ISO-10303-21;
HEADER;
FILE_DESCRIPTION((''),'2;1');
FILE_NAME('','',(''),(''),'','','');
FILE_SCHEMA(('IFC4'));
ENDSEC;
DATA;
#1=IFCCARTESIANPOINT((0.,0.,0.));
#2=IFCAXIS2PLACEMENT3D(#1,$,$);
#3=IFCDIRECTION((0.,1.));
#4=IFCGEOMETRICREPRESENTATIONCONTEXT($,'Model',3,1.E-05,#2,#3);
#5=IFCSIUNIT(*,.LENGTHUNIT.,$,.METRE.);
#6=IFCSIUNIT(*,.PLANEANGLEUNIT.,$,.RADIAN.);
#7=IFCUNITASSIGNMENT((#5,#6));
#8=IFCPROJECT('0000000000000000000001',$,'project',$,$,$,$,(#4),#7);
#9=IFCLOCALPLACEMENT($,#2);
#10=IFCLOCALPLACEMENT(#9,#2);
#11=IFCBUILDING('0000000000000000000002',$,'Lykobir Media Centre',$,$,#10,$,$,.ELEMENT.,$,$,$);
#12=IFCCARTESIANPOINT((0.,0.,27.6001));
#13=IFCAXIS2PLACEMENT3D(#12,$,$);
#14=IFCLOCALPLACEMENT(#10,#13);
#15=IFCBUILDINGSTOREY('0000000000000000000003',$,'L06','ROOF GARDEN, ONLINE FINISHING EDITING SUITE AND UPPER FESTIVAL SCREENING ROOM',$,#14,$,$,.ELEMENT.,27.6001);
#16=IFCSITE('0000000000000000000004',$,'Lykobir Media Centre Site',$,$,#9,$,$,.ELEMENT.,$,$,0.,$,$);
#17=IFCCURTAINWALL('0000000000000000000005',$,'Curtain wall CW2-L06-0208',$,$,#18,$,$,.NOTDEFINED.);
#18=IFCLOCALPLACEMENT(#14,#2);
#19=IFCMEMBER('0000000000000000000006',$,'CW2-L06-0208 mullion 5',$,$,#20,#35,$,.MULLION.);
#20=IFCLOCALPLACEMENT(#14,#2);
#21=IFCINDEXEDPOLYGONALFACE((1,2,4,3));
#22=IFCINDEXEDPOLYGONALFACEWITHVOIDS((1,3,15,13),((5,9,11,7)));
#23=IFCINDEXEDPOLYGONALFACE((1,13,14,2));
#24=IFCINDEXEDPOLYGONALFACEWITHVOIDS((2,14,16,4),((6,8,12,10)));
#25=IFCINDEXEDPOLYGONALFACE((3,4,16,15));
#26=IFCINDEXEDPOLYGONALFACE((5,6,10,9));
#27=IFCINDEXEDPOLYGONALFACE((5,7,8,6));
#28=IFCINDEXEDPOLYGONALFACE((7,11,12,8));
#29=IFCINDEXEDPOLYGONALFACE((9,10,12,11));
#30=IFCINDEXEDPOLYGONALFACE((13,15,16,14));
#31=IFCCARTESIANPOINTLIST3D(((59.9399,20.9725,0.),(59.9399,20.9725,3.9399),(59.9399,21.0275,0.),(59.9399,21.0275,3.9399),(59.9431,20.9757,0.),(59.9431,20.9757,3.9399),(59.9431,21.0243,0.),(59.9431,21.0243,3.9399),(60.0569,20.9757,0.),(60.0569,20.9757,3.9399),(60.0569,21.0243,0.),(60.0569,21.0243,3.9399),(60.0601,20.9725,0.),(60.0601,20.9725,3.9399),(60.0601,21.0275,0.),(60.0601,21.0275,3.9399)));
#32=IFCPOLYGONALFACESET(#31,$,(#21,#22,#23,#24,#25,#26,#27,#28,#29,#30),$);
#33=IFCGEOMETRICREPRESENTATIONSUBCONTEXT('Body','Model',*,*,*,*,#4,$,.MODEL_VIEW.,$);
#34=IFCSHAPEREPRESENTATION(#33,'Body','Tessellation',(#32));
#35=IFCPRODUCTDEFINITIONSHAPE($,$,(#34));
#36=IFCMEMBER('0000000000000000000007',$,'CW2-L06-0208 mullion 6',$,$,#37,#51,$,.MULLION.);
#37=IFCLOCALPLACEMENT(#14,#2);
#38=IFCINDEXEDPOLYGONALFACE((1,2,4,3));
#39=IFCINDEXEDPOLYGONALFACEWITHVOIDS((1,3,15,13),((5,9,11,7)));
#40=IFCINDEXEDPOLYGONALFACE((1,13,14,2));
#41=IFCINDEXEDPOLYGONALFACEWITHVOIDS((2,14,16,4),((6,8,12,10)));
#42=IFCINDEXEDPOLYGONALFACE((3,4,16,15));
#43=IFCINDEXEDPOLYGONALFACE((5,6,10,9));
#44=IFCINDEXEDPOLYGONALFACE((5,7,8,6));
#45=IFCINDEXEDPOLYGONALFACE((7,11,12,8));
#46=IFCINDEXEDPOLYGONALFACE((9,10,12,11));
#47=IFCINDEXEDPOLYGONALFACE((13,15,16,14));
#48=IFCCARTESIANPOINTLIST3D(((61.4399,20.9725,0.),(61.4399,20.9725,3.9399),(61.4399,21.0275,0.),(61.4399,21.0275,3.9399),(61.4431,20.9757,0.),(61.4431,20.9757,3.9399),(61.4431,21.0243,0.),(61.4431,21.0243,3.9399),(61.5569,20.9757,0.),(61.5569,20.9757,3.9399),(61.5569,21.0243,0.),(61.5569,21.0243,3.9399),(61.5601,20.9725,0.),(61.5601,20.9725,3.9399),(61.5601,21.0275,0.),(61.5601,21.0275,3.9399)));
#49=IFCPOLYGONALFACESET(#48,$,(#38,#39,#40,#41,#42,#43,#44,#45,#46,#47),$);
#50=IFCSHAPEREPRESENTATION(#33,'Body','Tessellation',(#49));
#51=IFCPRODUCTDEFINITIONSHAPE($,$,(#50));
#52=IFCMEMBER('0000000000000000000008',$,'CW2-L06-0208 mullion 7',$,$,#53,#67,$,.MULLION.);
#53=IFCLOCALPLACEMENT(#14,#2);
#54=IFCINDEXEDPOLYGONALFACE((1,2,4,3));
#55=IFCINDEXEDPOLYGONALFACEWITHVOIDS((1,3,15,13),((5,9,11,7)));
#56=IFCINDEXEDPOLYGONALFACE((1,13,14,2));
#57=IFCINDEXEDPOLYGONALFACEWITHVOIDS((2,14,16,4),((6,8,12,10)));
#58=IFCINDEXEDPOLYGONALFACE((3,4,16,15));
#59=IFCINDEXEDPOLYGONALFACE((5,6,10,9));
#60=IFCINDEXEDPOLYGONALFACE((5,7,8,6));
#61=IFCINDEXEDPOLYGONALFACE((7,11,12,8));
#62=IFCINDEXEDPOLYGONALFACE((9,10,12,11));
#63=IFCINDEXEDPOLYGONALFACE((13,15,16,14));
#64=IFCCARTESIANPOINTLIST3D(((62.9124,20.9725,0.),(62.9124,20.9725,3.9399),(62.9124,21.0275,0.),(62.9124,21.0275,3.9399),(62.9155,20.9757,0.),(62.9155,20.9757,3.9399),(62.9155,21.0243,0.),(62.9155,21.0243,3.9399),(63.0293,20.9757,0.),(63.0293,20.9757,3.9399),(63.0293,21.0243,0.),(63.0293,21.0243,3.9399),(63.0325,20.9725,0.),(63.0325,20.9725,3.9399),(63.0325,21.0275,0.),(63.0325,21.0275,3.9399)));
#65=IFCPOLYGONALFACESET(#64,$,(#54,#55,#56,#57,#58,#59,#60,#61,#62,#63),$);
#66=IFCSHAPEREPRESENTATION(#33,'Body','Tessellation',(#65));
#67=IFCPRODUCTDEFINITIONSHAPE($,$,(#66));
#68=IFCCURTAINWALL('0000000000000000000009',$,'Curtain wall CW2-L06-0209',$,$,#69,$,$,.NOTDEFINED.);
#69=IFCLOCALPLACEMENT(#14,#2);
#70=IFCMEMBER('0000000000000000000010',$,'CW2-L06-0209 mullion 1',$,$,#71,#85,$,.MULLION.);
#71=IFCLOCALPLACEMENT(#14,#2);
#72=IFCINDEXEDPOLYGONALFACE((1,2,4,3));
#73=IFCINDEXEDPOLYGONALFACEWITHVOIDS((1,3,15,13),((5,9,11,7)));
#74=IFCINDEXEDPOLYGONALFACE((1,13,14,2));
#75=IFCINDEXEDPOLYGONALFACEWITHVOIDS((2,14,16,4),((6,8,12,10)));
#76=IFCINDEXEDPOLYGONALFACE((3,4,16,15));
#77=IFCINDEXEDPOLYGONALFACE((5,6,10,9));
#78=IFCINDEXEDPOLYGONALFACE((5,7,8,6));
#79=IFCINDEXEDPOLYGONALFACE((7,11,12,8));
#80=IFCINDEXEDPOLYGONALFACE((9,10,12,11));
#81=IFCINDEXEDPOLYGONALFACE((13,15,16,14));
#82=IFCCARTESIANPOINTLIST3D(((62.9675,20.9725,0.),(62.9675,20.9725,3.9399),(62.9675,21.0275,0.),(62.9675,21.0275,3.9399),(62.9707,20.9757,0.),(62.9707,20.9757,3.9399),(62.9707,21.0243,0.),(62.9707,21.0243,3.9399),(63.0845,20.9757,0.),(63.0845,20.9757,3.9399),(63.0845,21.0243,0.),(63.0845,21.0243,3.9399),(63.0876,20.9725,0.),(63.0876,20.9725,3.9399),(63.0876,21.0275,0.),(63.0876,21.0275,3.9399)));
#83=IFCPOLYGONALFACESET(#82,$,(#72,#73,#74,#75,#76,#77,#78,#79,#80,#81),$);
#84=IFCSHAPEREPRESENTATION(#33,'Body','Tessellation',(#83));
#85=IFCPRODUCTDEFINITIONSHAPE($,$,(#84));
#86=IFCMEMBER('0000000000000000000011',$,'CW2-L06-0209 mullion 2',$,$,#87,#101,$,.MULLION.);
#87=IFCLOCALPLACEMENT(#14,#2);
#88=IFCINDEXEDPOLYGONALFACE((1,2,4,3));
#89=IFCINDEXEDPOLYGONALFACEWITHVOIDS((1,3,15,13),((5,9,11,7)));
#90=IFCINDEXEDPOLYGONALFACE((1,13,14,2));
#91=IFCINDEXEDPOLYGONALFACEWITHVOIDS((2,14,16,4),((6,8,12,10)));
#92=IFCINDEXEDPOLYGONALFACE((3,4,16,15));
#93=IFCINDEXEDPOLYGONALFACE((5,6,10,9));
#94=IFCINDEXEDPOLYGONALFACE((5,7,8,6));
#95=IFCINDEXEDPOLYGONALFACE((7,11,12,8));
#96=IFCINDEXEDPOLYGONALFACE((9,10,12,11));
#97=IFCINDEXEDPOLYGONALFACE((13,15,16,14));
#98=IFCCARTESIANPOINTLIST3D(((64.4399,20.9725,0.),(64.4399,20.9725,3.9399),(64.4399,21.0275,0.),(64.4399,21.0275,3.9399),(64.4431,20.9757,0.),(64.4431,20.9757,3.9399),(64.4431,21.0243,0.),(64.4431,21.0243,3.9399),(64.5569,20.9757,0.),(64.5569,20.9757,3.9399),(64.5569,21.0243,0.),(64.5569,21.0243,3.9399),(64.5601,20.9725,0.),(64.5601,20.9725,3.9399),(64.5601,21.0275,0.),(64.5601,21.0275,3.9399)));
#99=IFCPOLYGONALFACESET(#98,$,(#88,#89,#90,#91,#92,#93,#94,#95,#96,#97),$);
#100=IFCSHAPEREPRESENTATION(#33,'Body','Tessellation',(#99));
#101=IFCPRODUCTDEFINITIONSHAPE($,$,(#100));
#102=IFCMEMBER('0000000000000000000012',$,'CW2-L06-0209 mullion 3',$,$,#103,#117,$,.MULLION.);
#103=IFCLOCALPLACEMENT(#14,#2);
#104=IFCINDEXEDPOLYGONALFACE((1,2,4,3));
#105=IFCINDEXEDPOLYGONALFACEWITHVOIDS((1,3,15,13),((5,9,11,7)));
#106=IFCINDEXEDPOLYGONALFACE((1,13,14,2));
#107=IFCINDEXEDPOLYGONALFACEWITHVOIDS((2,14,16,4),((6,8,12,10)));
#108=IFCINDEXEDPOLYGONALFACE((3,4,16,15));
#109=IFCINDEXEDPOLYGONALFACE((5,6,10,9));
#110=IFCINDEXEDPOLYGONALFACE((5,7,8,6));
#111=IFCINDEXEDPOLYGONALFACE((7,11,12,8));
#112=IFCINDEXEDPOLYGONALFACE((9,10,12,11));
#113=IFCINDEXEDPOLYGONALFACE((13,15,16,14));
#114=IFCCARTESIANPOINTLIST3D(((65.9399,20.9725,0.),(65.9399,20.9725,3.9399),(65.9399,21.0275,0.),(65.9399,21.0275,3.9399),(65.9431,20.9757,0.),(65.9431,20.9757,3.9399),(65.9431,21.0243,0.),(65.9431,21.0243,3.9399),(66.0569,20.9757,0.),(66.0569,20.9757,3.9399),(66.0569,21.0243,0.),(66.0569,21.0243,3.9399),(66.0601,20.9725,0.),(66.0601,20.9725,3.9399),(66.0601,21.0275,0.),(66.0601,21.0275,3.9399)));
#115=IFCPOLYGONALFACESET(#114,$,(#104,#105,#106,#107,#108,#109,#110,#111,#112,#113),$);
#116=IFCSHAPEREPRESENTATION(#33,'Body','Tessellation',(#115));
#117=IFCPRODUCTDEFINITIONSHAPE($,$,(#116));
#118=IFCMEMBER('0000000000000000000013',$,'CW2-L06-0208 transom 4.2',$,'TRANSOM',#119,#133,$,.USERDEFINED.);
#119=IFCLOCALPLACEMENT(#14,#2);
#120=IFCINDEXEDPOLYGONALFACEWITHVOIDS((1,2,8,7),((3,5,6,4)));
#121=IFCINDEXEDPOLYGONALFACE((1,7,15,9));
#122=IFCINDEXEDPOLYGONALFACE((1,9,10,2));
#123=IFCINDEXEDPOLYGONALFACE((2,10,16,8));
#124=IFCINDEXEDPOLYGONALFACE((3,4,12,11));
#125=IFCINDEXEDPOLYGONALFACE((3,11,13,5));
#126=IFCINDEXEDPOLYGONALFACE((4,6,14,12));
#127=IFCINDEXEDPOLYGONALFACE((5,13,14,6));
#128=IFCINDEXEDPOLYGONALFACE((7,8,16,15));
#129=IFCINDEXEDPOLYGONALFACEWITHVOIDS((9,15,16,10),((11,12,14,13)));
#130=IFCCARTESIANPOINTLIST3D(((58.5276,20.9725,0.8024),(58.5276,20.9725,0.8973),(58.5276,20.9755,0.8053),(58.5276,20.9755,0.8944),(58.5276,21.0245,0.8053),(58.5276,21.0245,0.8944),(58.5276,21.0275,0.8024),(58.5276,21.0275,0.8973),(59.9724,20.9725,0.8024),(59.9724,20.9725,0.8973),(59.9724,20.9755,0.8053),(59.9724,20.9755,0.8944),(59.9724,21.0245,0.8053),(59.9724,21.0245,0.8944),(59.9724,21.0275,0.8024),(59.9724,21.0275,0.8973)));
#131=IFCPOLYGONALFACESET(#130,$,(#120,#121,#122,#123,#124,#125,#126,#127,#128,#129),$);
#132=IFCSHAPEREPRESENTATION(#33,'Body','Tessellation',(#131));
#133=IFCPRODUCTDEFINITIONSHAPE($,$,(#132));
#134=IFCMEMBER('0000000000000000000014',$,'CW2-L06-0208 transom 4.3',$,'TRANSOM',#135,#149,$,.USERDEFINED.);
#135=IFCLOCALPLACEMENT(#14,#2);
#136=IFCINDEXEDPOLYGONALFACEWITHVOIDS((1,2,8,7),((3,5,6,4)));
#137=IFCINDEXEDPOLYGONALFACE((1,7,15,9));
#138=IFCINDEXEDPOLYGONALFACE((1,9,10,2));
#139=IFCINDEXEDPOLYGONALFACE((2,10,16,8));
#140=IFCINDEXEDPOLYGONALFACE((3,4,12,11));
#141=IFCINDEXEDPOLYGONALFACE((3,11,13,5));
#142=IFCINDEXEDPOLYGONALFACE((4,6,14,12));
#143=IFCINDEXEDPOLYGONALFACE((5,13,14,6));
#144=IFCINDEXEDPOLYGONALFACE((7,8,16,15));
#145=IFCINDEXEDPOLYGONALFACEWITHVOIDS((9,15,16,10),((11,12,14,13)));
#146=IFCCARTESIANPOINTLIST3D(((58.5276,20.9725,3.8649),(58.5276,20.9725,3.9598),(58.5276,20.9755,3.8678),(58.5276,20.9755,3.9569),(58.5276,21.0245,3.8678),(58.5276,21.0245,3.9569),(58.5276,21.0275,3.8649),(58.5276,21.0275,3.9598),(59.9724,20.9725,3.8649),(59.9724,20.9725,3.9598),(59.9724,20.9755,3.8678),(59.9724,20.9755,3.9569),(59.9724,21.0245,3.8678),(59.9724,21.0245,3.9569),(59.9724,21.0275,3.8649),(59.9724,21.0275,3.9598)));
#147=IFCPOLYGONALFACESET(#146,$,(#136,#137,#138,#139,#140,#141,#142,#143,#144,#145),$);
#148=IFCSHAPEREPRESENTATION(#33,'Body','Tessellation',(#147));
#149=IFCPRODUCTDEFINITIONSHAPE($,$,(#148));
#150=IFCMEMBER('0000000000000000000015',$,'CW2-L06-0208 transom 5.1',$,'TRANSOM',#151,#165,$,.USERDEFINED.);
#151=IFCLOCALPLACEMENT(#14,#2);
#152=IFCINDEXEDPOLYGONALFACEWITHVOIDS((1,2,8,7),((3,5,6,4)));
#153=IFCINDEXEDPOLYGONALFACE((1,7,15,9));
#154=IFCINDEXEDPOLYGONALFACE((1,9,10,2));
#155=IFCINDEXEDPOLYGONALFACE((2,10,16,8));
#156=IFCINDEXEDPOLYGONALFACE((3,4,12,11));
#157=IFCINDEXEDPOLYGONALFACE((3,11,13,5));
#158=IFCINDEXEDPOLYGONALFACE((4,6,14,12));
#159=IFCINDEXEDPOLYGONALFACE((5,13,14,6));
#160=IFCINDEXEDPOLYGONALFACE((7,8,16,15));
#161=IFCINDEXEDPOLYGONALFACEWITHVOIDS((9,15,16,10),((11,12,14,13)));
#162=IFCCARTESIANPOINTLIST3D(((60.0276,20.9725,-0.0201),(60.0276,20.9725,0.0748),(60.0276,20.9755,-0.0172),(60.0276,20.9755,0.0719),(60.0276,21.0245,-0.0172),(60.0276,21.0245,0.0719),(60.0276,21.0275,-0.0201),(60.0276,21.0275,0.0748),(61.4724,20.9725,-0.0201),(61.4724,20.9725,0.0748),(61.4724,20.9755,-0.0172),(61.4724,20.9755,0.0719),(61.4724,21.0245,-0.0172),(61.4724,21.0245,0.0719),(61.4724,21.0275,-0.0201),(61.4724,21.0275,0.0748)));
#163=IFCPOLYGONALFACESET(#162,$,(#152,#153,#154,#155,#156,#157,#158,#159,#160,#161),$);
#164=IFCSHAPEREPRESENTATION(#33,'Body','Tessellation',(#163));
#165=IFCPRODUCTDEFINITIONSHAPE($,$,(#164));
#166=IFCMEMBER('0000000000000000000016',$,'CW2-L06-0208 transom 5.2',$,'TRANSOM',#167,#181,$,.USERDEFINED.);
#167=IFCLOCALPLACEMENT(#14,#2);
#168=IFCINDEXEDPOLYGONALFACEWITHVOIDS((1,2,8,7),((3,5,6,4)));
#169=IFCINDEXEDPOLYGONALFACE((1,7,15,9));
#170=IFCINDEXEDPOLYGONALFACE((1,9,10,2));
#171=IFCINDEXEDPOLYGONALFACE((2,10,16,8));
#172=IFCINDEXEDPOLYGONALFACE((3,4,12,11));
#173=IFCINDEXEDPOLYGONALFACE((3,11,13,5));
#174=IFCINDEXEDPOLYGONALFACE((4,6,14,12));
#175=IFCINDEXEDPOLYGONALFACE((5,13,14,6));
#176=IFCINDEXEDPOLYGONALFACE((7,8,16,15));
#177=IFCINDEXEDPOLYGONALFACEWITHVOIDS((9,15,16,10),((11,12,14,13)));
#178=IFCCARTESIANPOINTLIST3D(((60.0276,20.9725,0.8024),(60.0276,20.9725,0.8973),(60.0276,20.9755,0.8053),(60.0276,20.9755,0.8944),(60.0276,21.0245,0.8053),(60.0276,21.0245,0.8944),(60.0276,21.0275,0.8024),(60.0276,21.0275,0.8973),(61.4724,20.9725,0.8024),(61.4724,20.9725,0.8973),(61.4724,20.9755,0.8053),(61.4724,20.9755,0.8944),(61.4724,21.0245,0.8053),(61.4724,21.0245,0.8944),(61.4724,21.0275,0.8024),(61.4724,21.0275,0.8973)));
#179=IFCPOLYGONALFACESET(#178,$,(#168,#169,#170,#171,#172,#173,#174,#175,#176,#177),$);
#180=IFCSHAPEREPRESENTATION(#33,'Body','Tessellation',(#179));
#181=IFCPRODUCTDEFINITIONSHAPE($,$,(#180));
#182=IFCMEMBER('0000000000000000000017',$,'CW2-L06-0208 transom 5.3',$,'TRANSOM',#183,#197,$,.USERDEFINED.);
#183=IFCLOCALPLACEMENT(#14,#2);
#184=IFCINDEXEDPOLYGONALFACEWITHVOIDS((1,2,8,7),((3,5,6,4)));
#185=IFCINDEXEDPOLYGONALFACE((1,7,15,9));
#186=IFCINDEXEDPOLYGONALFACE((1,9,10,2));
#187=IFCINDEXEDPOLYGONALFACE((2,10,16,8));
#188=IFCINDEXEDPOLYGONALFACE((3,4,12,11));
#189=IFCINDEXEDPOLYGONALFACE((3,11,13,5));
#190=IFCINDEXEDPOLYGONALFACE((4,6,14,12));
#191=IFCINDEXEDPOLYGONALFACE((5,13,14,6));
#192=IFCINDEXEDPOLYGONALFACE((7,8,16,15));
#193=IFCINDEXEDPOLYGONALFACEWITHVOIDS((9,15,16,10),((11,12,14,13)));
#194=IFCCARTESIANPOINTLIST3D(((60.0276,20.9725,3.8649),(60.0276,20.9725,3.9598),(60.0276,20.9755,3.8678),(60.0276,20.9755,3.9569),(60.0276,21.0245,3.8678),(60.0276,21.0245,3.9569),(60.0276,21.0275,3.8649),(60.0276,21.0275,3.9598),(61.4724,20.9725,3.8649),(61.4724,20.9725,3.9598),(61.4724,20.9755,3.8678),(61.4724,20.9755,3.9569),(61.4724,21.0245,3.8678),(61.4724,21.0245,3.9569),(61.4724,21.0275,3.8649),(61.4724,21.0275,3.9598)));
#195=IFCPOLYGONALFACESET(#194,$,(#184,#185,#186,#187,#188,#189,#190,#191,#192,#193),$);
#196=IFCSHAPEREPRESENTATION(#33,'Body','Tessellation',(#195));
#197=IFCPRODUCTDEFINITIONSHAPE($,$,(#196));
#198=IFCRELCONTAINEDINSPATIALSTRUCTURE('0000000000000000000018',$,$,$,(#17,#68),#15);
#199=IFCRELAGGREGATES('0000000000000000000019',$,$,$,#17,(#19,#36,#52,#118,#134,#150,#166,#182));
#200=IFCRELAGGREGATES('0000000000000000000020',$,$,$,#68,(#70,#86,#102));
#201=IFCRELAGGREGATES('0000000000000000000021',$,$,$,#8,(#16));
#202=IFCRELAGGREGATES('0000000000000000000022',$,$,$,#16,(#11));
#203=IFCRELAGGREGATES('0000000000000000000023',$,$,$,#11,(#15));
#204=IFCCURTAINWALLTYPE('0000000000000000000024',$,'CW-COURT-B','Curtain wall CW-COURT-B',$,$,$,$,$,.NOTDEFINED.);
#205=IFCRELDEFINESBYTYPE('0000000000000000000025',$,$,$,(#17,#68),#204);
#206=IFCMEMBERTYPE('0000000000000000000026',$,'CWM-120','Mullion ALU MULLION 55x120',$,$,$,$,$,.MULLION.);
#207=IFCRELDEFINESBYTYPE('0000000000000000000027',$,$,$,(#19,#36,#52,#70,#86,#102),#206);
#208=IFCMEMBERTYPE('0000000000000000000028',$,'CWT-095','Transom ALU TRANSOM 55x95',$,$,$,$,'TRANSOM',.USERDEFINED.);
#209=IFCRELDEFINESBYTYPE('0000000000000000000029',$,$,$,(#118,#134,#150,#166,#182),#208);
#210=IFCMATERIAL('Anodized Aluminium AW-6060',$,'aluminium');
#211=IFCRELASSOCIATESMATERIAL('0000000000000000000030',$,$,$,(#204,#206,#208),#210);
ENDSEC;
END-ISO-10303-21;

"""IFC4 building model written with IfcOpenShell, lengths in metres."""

from ifc_helpers import new_model, si_unit, direction, frame, origin, origin_2d, place, context, subcontext, project, spatial, hollow_rectangle, extrude, material, material_profile, profile_set, type_object, element, aggregate, save


model = new_model("IFC4")

# Units and contexts
model_context = context("Model", 3, precision=1e-05, world=origin(), true_north=direction((0.0, 1.0)))
body_context = subcontext(model_context, "Body", "Model", "MODEL_VIEW")
ifc_project = project(units=[si_unit("LENGTHUNIT", "METRE"), si_unit("PLANEANGLEUNIT", "RADIAN")], contexts=[model_context])

# Site, building, storey
site_placement = place(None, origin())
site = spatial("IfcSite", under=ifc_project, at=site_placement, Name="Lykobir Media Centre Site", CompositionType="ELEMENT", RefElevation=0.0)
building_placement = place(site_placement, origin())
building = spatial("IfcBuilding", under=site, at=building_placement, Name="Lykobir Media Centre", CompositionType="ELEMENT")
storey_placement = place(building_placement, frame((0.0, 0.0, 27.6001)))
storey = spatial("IfcBuildingStorey", under=building, at=storey_placement, Name="L06", Description="ROOF GARDEN, ONLINE FINISHING EDITING SUITE AND UPPER FESTIVAL SCREENING ROOM", CompositionType="ELEMENT", Elevation=27.6001)

# Curtain walls, members
ifc_material_1 = material(Name="Anodized Aluminium AW-6060", Category="aluminium")
curtain_wall_type = type_object("IfcCurtainWallType", Name="CW-COURT-B", Description="Curtain wall CW-COURT-B", PredefinedType="NOTDEFINED", material=ifc_material_1)
curtain_wall_1_placement = place(storey_placement, origin())
curtain_wall_1 = element("IfcCurtainWall", 1, at=curtain_wall_1_placement, inside=storey, type_object=curtain_wall_type, Name="Curtain wall CW2-L06-0208", PredefinedType="NOTDEFINED")
ifc_material_profile_1 = material_profile(ifc_material_1, hollow_rectangle(XDim=0.0549, YDim=0.1201, WallThickness=0.0032, at=origin_2d()), Name="ALU MULLION 55x120")
ifc_profile_set_1 = profile_set([ifc_material_profile_1], Name="Anodized Aluminium AW-6060")
member_type_1 = type_object("IfcMemberType", Name="CWM-120", Description="Mullion ALU MULLION 55x120", PredefinedType="MULLION", material=ifc_profile_set_1)
member_1_placement = place(storey_placement, frame((60.0, 21.0, 0.0), z_axis=(0.0, 0.0, 1.0), x_axis=(0.0, 1.0, 0.0)))
member_1 = element("IfcMember", 2, at=member_1_placement, type_object=member_type_1, Name="CW2-L06-0208 mullion 5", PredefinedType="MULLION", context=body_context, shape_type="SweptSolid", body=[
    extrude(hollow_rectangle(XDim=0.0549, YDim=0.1201, WallThickness=0.0032, at=origin_2d()), origin(), (0.0, 0.0, 1.0), 3.9399),
])
member_2_placement = place(storey_placement, frame((61.5, 21.0, 0.0), z_axis=(0.0, 0.0, 1.0), x_axis=(0.0, 1.0, 0.0)))
member_2 = element("IfcMember", 3, at=member_2_placement, type_object=member_type_1, Name="CW2-L06-0208 mullion 6", PredefinedType="MULLION", context=body_context, shape_type="SweptSolid", body=[
    extrude(hollow_rectangle(XDim=0.0549, YDim=0.1201, WallThickness=0.0032, at=origin_2d()), origin(), (0.0, 0.0, 1.0), 3.9399),
])
member_3_placement = place(storey_placement, frame((62.9724, 21.0, 0.0), z_axis=(0.0, 0.0, 1.0), x_axis=(0.0, 1.0, 0.0)))
member_3 = element("IfcMember", 4, at=member_3_placement, type_object=member_type_1, Name="CW2-L06-0208 mullion 7", PredefinedType="MULLION", context=body_context, shape_type="SweptSolid", body=[
    extrude(hollow_rectangle(XDim=0.0549, YDim=0.1201, WallThickness=0.0032, at=origin_2d()), origin(), (0.0, 0.0, 1.0), 3.9399),
])
curtain_wall_2_placement = place(storey_placement, origin())
curtain_wall_2 = element("IfcCurtainWall", 5, at=curtain_wall_2_placement, inside=storey, type_object=curtain_wall_type, Name="Curtain wall CW2-L06-0209", PredefinedType="NOTDEFINED")
member_4_placement = place(storey_placement, frame((63.0276, 21.0, 0.0), z_axis=(0.0, 0.0, 1.0), x_axis=(0.0, 1.0, 0.0)))
member_4 = element("IfcMember", 6, at=member_4_placement, type_object=member_type_1, Name="CW2-L06-0209 mullion 1", PredefinedType="MULLION", context=body_context, shape_type="SweptSolid", body=[
    extrude(hollow_rectangle(XDim=0.0549, YDim=0.1201, WallThickness=0.0032, at=origin_2d()), origin(), (0.0, 0.0, 1.0), 3.9399),
])
member_5_placement = place(storey_placement, frame((64.5, 21.0, 0.0), z_axis=(0.0, 0.0, 1.0), x_axis=(0.0, 1.0, 0.0)))
member_5 = element("IfcMember", 7, at=member_5_placement, type_object=member_type_1, Name="CW2-L06-0209 mullion 2", PredefinedType="MULLION", context=body_context, shape_type="SweptSolid", body=[
    extrude(hollow_rectangle(XDim=0.0549, YDim=0.1201, WallThickness=0.0032, at=origin_2d()), origin(), (0.0, 0.0, 1.0), 3.9399),
])
member_6_placement = place(storey_placement, frame((66.0, 21.0, 0.0), z_axis=(0.0, 0.0, 1.0), x_axis=(0.0, 1.0, 0.0)))
member_6 = element("IfcMember", 8, at=member_6_placement, type_object=member_type_1, Name="CW2-L06-0209 mullion 3", PredefinedType="MULLION", context=body_context, shape_type="SweptSolid", body=[
    extrude(hollow_rectangle(XDim=0.0549, YDim=0.1201, WallThickness=0.0032, at=origin_2d()), origin(), (0.0, 0.0, 1.0), 3.9399),
])

# Members
ifc_material_profile_2 = material_profile(ifc_material_1, hollow_rectangle(XDim=0.0549, YDim=0.095, WallThickness=0.0029, at=origin_2d()), Name="ALU TRANSOM 55x95")
ifc_profile_set_2 = profile_set([ifc_material_profile_2], Name="Anodized Aluminium AW-6060")
member_type_2 = type_object("IfcMemberType", Name="CWT-095", Description="Transom ALU TRANSOM 55x95", ElementType="TRANSOM", PredefinedType="USERDEFINED", material=ifc_profile_set_2)
member_7_placement = place(storey_placement, frame((58.5276, 21.0, 0.8499), z_axis=(1.0, 0.0, 0.0), x_axis=(0.0, 1.0, 0.0)))
member_7 = element("IfcMember", 9, at=member_7_placement, type_object=member_type_2, Name="CW2-L06-0208 transom 4.2", ObjectType="TRANSOM", PredefinedType="USERDEFINED", context=body_context, shape_type="SweptSolid", body=[
    extrude(hollow_rectangle(XDim=0.0549, YDim=0.095, WallThickness=0.0029, at=origin_2d()), origin(), (0.0, 0.0, 1.0), 1.4448),
])
member_8_placement = place(storey_placement, frame((58.5276, 21.0, 3.9124), z_axis=(1.0, 0.0, 0.0), x_axis=(0.0, 1.0, 0.0)))
member_8 = element("IfcMember", 10, at=member_8_placement, type_object=member_type_2, Name="CW2-L06-0208 transom 4.3", ObjectType="TRANSOM", PredefinedType="USERDEFINED", context=body_context, shape_type="SweptSolid", body=[
    extrude(hollow_rectangle(XDim=0.0549, YDim=0.095, WallThickness=0.0029, at=origin_2d()), origin(), (0.0, 0.0, 1.0), 1.4448),
])
member_9_placement = place(storey_placement, frame((60.0276, 21.0, 0.0273), z_axis=(1.0, 0.0, 0.0), x_axis=(0.0, 1.0, 0.0)))
member_9 = element("IfcMember", 11, at=member_9_placement, type_object=member_type_2, Name="CW2-L06-0208 transom 5.1", ObjectType="TRANSOM", PredefinedType="USERDEFINED", context=body_context, shape_type="SweptSolid", body=[
    extrude(hollow_rectangle(XDim=0.0549, YDim=0.095, WallThickness=0.0029, at=origin_2d()), origin(), (0.0, 0.0, 1.0), 1.4448),
])
member_10_placement = place(storey_placement, frame((60.0276, 21.0, 0.8499), z_axis=(1.0, 0.0, 0.0), x_axis=(0.0, 1.0, 0.0)))
member_10 = element("IfcMember", 12, at=member_10_placement, type_object=member_type_2, Name="CW2-L06-0208 transom 5.2", ObjectType="TRANSOM", PredefinedType="USERDEFINED", context=body_context, shape_type="SweptSolid", body=[
    extrude(hollow_rectangle(XDim=0.0549, YDim=0.095, WallThickness=0.0029, at=origin_2d()), origin(), (0.0, 0.0, 1.0), 1.4448),
])
member_11_placement = place(storey_placement, frame((60.0276, 21.0, 3.9124), z_axis=(1.0, 0.0, 0.0), x_axis=(0.0, 1.0, 0.0)))
member_11 = element("IfcMember", 13, at=member_11_placement, type_object=member_type_2, Name="CW2-L06-0208 transom 5.3", ObjectType="TRANSOM", PredefinedType="USERDEFINED", context=body_context, shape_type="SweptSolid", body=[
    extrude(hollow_rectangle(XDim=0.0549, YDim=0.095, WallThickness=0.0029, at=origin_2d()), origin(), (0.0, 0.0, 1.0), 1.4448),
])

aggregate(curtain_wall_1, [member_1, member_2, member_3, member_7, member_8, member_9, member_10, member_11])
aggregate(curtain_wall_2, [member_4, member_5, member_6])

save(model, "model.ifc")
